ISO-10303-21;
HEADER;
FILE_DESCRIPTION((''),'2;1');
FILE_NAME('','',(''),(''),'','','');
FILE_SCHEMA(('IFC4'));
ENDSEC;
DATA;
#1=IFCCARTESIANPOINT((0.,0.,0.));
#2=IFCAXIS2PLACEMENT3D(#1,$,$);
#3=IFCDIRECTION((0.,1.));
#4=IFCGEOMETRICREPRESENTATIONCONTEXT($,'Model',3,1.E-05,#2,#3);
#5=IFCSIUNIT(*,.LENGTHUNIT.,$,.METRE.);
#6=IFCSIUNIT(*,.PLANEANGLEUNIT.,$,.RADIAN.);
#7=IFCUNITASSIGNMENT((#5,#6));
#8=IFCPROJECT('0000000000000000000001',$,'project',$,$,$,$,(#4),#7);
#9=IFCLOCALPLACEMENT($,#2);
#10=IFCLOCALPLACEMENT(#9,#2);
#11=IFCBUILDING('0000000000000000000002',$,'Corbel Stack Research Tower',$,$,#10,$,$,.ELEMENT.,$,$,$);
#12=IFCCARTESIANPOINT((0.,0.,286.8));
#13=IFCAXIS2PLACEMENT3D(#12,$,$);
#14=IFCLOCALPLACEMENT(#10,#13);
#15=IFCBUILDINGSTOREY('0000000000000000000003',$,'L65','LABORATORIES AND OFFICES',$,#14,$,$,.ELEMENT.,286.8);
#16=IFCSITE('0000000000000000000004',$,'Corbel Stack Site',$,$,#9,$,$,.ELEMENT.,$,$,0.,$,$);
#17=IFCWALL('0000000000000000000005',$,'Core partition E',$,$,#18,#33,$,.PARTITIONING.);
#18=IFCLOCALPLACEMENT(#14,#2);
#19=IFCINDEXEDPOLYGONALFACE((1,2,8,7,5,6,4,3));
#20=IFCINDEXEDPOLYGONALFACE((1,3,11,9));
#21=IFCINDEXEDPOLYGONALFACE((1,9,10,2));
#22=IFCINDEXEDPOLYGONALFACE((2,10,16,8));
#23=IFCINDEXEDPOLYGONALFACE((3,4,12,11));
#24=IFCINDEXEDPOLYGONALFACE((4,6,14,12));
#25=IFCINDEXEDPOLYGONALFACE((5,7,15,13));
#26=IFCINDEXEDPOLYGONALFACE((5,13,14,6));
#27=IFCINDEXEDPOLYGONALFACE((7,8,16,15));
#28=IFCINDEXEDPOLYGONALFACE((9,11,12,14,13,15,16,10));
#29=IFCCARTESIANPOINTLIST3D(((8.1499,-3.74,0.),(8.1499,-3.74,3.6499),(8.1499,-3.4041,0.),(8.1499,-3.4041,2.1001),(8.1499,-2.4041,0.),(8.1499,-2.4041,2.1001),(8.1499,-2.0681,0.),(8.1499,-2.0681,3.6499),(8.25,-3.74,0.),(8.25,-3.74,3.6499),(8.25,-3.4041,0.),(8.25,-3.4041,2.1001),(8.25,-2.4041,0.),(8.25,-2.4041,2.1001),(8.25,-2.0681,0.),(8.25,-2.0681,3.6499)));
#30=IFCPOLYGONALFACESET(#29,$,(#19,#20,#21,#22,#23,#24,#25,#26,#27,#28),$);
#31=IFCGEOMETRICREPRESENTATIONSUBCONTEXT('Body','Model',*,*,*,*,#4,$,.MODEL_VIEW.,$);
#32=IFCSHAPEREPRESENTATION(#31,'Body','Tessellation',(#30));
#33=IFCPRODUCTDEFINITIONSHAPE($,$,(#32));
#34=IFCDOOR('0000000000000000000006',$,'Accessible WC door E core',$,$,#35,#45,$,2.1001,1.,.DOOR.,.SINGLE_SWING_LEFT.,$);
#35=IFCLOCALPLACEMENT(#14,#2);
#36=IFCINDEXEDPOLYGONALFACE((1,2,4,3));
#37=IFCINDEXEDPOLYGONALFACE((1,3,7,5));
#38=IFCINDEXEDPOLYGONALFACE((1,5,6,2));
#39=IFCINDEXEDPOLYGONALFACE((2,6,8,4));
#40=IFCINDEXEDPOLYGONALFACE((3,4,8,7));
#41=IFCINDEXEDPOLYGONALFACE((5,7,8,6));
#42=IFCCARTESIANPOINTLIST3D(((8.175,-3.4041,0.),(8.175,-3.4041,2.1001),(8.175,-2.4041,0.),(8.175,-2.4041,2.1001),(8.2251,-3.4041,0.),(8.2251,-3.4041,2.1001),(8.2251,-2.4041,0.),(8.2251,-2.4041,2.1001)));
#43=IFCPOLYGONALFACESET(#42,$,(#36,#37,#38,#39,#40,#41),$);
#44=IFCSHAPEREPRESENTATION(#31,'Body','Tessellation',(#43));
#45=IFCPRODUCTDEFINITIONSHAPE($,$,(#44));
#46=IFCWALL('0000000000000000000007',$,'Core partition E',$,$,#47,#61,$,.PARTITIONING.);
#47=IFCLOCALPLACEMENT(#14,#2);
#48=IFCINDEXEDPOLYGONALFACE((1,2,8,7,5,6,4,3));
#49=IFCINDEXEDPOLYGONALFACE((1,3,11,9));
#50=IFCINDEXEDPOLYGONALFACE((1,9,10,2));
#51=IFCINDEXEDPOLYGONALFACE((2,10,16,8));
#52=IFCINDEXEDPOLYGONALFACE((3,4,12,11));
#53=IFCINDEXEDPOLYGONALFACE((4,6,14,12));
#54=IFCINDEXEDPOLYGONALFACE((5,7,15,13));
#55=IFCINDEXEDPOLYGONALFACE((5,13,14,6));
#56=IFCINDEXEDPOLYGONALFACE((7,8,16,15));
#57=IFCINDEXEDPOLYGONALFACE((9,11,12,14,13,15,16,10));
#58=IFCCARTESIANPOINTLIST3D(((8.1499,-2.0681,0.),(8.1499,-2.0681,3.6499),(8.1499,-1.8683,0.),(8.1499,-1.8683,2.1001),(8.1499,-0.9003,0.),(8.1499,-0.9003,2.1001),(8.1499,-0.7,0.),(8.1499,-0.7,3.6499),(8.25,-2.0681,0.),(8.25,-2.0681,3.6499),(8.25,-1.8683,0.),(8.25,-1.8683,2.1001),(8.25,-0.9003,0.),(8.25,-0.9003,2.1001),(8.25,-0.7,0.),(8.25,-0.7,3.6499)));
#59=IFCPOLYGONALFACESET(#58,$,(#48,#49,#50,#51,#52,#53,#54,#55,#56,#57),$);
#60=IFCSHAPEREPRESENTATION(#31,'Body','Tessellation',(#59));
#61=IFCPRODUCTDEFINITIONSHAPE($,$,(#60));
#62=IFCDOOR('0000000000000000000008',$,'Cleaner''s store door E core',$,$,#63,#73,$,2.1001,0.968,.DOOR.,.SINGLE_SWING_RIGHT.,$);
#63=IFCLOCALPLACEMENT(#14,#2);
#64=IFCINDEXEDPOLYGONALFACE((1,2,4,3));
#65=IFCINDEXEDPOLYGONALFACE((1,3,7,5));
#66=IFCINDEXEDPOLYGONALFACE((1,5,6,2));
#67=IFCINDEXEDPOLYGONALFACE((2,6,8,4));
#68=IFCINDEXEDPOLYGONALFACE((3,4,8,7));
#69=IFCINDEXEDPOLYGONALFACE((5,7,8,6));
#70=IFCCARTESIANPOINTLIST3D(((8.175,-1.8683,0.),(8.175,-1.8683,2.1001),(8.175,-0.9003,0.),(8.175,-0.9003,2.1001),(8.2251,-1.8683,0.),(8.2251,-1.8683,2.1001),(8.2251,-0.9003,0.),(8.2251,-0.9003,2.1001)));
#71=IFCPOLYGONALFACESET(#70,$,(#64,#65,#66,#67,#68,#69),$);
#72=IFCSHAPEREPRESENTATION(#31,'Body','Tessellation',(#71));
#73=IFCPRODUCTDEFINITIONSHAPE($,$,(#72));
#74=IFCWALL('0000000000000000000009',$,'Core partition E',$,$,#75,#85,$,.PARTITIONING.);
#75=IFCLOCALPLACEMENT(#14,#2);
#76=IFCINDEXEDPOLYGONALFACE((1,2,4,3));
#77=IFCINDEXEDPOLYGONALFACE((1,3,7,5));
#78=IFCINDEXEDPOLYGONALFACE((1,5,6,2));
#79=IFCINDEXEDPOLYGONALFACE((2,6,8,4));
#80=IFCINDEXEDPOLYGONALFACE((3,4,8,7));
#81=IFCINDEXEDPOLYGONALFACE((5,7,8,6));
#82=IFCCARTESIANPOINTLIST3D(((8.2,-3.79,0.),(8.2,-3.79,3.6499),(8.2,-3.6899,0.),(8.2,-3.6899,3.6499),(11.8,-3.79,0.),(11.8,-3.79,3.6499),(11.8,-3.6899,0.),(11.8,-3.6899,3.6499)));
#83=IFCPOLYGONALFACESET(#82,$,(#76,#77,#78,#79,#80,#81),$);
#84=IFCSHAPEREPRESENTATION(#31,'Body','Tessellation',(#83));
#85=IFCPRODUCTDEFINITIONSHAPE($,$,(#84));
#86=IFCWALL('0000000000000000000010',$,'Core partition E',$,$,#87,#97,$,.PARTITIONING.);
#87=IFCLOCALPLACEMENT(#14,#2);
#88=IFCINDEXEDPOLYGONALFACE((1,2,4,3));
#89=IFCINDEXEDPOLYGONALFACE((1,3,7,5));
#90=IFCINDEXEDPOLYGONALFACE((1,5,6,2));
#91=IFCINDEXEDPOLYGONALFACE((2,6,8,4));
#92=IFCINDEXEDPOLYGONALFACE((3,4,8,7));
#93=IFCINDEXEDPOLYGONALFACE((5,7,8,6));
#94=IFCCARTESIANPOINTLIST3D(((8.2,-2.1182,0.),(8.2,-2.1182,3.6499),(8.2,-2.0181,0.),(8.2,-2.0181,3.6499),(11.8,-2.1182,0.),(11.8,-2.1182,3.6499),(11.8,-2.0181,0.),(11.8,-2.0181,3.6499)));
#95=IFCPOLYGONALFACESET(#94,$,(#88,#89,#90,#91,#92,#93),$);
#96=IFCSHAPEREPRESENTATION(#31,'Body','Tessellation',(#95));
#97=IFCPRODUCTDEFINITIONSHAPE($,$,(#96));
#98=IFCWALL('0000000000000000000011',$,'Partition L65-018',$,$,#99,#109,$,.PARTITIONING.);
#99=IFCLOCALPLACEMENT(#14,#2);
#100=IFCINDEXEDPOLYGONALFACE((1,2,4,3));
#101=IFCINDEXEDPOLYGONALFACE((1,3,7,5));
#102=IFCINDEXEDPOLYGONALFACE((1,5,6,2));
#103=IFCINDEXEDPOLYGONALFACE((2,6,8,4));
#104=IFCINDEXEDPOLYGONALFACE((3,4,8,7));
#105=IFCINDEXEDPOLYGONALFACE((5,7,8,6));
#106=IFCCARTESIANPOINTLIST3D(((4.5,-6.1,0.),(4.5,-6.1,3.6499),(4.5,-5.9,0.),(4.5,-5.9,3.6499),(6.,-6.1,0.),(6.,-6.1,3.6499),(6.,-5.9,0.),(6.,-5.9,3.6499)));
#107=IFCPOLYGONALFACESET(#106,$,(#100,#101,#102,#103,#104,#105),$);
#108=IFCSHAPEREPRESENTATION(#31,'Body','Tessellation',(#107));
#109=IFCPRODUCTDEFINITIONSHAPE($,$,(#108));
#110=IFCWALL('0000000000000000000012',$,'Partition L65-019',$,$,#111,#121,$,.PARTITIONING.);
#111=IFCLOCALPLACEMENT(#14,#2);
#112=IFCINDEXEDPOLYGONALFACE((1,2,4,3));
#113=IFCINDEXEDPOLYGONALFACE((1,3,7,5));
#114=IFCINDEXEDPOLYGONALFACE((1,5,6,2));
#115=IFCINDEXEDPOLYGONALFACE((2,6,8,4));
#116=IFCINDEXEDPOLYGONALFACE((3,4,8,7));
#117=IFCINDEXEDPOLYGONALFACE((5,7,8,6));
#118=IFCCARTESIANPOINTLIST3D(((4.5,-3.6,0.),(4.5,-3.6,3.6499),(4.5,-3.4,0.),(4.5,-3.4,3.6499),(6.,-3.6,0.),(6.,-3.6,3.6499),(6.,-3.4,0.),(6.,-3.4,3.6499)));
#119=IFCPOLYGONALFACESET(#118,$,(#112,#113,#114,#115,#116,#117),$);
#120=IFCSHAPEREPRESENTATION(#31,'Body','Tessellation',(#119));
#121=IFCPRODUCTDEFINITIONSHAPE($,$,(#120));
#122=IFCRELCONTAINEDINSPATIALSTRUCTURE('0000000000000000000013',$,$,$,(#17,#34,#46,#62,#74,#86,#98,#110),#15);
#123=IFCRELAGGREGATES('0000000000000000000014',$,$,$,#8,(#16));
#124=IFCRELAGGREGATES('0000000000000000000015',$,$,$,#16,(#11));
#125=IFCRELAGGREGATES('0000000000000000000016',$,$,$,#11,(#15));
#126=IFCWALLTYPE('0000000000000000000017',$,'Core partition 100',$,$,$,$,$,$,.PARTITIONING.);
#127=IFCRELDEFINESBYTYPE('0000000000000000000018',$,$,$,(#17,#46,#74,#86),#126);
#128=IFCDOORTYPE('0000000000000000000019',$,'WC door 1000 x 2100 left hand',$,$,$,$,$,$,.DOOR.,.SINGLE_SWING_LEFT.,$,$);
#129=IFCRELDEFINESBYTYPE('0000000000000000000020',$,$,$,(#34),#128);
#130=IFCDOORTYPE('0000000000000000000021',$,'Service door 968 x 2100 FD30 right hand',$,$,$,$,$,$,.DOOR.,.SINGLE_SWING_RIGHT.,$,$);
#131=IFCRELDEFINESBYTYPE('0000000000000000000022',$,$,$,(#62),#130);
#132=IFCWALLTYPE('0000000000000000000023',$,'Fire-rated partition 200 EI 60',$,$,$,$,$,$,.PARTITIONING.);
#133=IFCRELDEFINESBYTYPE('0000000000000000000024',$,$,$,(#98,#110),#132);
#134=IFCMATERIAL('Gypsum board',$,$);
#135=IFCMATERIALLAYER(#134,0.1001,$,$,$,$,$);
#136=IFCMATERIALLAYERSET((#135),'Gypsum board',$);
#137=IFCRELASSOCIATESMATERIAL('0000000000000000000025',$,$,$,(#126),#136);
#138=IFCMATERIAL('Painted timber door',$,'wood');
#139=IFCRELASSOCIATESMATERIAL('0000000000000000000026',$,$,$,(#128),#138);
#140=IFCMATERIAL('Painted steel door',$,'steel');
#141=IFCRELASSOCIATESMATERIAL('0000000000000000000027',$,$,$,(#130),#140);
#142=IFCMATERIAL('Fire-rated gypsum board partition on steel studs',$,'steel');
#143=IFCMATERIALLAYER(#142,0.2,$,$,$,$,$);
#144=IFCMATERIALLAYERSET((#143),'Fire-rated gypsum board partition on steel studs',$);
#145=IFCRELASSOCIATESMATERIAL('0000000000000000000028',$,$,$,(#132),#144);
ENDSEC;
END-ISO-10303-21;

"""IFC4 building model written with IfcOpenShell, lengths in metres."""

from ifc_helpers import new_model, si_unit, direction, frame, frame_2d, origin, place, context, subcontext, project, spatial, rectangle, extrude, material, layer, layer_set, type_object, element, fill, save


model = new_model("IFC4")

# Units and contexts
model_context = context("Model", 3, precision=1e-05, world=origin(), true_north=direction((0.0, 1.0)))
body_context = subcontext(model_context, "Body", "Model", "MODEL_VIEW")
ifc_project = project(units=[si_unit("LENGTHUNIT", "METRE"), si_unit("PLANEANGLEUNIT", "RADIAN")], contexts=[model_context])

# Site, building, storey
site_placement = place(None, origin())
site = spatial("IfcSite", under=ifc_project, at=site_placement, Name="Corbel Stack Site", CompositionType="ELEMENT", RefElevation=0.0)
building_placement = place(site_placement, origin())
building = spatial("IfcBuilding", under=site, at=building_placement, Name="Corbel Stack Research Tower", CompositionType="ELEMENT")
storey_placement = place(building_placement, frame((0.0, 0.0, 286.8)))
storey = spatial("IfcBuildingStorey", under=building, at=storey_placement, Name="L65", Description="LABORATORIES AND OFFICES", CompositionType="ELEMENT", Elevation=286.8)

# Walls, openings, doors
ifc_material_1 = material(Name="Gypsum board")
ifc_layer_1 = layer(ifc_material_1, 0.1001)
ifc_layer_set_1 = layer_set([ifc_layer_1], Name="Gypsum board")
wall_type_1 = type_object("IfcWallType", Name="Core partition 100", PredefinedType="PARTITIONING", material=ifc_layer_set_1)
wall_1_placement = place(storey_placement, frame((8.2, -3.74, 0.0), z_axis=(0.0, 0.0, 1.0), x_axis=(0.0, 1.0, 0.0)))
wall_1 = element("IfcWall", 1, at=wall_1_placement, inside=storey, type_object=wall_type_1, Name="Core partition E", PredefinedType="PARTITIONING", context=body_context, shape_type="SweptSolid", body=[
    extrude(rectangle(XDim=1.6719, YDim=0.1001, at=frame_2d((0.8359, 0.0))), origin(), (0.0, 0.0, 1.0), 3.6499),
])
opening_1_placement = place(wall_1_placement, frame((0.3359, 0.0, 0.0)))
opening_1 = element("IfcOpeningElement", 2, at=opening_1_placement, cuts=wall_1, PredefinedType="OPENING", context=body_context, shape_type="SweptSolid", body=[
    extrude(rectangle(XDim=1.0, YDim=2.1001, at=frame_2d((0.5, 1.05))), frame((0.0, 0.0601, 0.0), z_axis=(0.0, -1.0, 0.0), x_axis=(1.0, 0.0, 0.0)), (0.0, 0.0, 1.0), 0.1201),
])
ifc_material_2 = material(Name="Painted timber door", Category="wood")
door_type_1 = type_object("IfcDoorType", Name="WC door 1000 x 2100 left hand", OperationType="SINGLE_SWING_LEFT", PredefinedType="DOOR", material=ifc_material_2)
door_1_placement = place(opening_1_placement, origin())
door_1 = element("IfcDoor", 3, at=door_1_placement, inside=storey, type_object=door_type_1, Name="Accessible WC door E core", OperationType="SINGLE_SWING_LEFT", OverallHeight=2.1001, OverallWidth=1.0, PredefinedType="DOOR", context=body_context, shape_type="SweptSolid", body=[
    extrude(rectangle(XDim=1.0, YDim=2.1001, at=frame_2d((0.5, 1.05))), frame((0.0, 0.0249, 0.0), z_axis=(0.0, -1.0, 0.0), x_axis=(1.0, 0.0, 0.0)), (0.0, 0.0, 1.0), 0.05),
])
fill(opening_1, door_1)
wall_2_placement = place(storey_placement, frame((8.2, -2.0681, 0.0), z_axis=(0.0, 0.0, 1.0), x_axis=(0.0, 1.0, 0.0)))
wall_2 = element("IfcWall", 4, at=wall_2_placement, inside=storey, type_object=wall_type_1, Name="Core partition E", PredefinedType="PARTITIONING", context=body_context, shape_type="SweptSolid", body=[
    extrude(rectangle(XDim=1.3682, YDim=0.1001, at=frame_2d((0.6841, 0.0))), origin(), (0.0, 0.0, 1.0), 3.6499),
])
opening_2_placement = place(wall_2_placement, frame((0.2, 0.0, 0.0)))
opening_2 = element("IfcOpeningElement", 5, at=opening_2_placement, cuts=wall_2, PredefinedType="OPENING", context=body_context, shape_type="SweptSolid", body=[
    extrude(rectangle(XDim=0.968, YDim=2.1001, at=frame_2d((0.4839, 1.05))), frame((0.0, 0.0601, 0.0), z_axis=(0.0, -1.0, 0.0), x_axis=(1.0, 0.0, 0.0)), (0.0, 0.0, 1.0), 0.1201),
])
ifc_material_3 = material(Name="Painted steel door", Category="steel")
door_type_2 = type_object("IfcDoorType", Name="Service door 968 x 2100 FD30 right hand", OperationType="SINGLE_SWING_RIGHT", PredefinedType="DOOR", material=ifc_material_3)
door_2_placement = place(opening_2_placement, origin())
door_2 = element("IfcDoor", 6, at=door_2_placement, inside=storey, type_object=door_type_2, Name="Cleaner's store door E core", OperationType="SINGLE_SWING_RIGHT", OverallHeight=2.1001, OverallWidth=0.968, PredefinedType="DOOR", context=body_context, shape_type="SweptSolid", body=[
    extrude(rectangle(XDim=0.968, YDim=2.1001, at=frame_2d((0.4839, 1.05))), frame((0.0, 0.0249, 0.0), z_axis=(0.0, -1.0, 0.0), x_axis=(1.0, 0.0, 0.0)), (0.0, 0.0, 1.0), 0.05),
])
fill(opening_2, door_2)

# Walls
for number, where, z_axis, x_axis, name in (
    (7, (8.2, -3.74, 0.0), (0.0, 0.0, 1.0), (1.0, 0.0, 0.0), "Core partition E"),
    (8, (8.2, -2.0681, 0.0), (0.0, 0.0, 1.0), (1.0, 0.0, 0.0), "Core partition E"),
):
    element("IfcWall", number, at=place(storey_placement, frame(where, z_axis=z_axis, x_axis=x_axis)), inside=storey, type_object=wall_type_1, Name=name, PredefinedType="PARTITIONING", context=body_context, shape_type="SweptSolid", body=[
        extrude(rectangle(XDim=3.6001, YDim=0.1001, at=frame_2d((1.8, 0.0))), origin(), (0.0, 0.0, 1.0), 3.6499),
    ])
ifc_material_4 = material(Name="Fire-rated gypsum board partition on steel studs", Category="steel")
ifc_layer_2 = layer(ifc_material_4, 0.2)
ifc_layer_set_2 = layer_set([ifc_layer_2], Name="Fire-rated gypsum board partition on steel studs")
wall_type_2 = type_object("IfcWallType", Name="Fire-rated partition 200 EI 60", PredefinedType="PARTITIONING", material=ifc_layer_set_2)
for number, where, z_axis, x_axis, name in (
    (9, (4.5, -6.0, 0.0), (0.0, 0.0, 1.0), (1.0, 0.0, 0.0), "Partition L65-018"),
    (10, (4.5, -3.5, 0.0), (0.0, 0.0, 1.0), (1.0, 0.0, 0.0), "Partition L65-019"),
):
    element("IfcWall", number, at=place(storey_placement, frame(where, z_axis=z_axis, x_axis=x_axis)), inside=storey, type_object=wall_type_2, Name=name, PredefinedType="PARTITIONING", context=body_context, shape_type="SweptSolid", body=[
        extrude(rectangle(XDim=1.5, YDim=0.2, at=frame_2d((0.75, 0.0))), origin(), (0.0, 0.0, 1.0), 3.6499),
    ])

save(model, "model.ifc")
